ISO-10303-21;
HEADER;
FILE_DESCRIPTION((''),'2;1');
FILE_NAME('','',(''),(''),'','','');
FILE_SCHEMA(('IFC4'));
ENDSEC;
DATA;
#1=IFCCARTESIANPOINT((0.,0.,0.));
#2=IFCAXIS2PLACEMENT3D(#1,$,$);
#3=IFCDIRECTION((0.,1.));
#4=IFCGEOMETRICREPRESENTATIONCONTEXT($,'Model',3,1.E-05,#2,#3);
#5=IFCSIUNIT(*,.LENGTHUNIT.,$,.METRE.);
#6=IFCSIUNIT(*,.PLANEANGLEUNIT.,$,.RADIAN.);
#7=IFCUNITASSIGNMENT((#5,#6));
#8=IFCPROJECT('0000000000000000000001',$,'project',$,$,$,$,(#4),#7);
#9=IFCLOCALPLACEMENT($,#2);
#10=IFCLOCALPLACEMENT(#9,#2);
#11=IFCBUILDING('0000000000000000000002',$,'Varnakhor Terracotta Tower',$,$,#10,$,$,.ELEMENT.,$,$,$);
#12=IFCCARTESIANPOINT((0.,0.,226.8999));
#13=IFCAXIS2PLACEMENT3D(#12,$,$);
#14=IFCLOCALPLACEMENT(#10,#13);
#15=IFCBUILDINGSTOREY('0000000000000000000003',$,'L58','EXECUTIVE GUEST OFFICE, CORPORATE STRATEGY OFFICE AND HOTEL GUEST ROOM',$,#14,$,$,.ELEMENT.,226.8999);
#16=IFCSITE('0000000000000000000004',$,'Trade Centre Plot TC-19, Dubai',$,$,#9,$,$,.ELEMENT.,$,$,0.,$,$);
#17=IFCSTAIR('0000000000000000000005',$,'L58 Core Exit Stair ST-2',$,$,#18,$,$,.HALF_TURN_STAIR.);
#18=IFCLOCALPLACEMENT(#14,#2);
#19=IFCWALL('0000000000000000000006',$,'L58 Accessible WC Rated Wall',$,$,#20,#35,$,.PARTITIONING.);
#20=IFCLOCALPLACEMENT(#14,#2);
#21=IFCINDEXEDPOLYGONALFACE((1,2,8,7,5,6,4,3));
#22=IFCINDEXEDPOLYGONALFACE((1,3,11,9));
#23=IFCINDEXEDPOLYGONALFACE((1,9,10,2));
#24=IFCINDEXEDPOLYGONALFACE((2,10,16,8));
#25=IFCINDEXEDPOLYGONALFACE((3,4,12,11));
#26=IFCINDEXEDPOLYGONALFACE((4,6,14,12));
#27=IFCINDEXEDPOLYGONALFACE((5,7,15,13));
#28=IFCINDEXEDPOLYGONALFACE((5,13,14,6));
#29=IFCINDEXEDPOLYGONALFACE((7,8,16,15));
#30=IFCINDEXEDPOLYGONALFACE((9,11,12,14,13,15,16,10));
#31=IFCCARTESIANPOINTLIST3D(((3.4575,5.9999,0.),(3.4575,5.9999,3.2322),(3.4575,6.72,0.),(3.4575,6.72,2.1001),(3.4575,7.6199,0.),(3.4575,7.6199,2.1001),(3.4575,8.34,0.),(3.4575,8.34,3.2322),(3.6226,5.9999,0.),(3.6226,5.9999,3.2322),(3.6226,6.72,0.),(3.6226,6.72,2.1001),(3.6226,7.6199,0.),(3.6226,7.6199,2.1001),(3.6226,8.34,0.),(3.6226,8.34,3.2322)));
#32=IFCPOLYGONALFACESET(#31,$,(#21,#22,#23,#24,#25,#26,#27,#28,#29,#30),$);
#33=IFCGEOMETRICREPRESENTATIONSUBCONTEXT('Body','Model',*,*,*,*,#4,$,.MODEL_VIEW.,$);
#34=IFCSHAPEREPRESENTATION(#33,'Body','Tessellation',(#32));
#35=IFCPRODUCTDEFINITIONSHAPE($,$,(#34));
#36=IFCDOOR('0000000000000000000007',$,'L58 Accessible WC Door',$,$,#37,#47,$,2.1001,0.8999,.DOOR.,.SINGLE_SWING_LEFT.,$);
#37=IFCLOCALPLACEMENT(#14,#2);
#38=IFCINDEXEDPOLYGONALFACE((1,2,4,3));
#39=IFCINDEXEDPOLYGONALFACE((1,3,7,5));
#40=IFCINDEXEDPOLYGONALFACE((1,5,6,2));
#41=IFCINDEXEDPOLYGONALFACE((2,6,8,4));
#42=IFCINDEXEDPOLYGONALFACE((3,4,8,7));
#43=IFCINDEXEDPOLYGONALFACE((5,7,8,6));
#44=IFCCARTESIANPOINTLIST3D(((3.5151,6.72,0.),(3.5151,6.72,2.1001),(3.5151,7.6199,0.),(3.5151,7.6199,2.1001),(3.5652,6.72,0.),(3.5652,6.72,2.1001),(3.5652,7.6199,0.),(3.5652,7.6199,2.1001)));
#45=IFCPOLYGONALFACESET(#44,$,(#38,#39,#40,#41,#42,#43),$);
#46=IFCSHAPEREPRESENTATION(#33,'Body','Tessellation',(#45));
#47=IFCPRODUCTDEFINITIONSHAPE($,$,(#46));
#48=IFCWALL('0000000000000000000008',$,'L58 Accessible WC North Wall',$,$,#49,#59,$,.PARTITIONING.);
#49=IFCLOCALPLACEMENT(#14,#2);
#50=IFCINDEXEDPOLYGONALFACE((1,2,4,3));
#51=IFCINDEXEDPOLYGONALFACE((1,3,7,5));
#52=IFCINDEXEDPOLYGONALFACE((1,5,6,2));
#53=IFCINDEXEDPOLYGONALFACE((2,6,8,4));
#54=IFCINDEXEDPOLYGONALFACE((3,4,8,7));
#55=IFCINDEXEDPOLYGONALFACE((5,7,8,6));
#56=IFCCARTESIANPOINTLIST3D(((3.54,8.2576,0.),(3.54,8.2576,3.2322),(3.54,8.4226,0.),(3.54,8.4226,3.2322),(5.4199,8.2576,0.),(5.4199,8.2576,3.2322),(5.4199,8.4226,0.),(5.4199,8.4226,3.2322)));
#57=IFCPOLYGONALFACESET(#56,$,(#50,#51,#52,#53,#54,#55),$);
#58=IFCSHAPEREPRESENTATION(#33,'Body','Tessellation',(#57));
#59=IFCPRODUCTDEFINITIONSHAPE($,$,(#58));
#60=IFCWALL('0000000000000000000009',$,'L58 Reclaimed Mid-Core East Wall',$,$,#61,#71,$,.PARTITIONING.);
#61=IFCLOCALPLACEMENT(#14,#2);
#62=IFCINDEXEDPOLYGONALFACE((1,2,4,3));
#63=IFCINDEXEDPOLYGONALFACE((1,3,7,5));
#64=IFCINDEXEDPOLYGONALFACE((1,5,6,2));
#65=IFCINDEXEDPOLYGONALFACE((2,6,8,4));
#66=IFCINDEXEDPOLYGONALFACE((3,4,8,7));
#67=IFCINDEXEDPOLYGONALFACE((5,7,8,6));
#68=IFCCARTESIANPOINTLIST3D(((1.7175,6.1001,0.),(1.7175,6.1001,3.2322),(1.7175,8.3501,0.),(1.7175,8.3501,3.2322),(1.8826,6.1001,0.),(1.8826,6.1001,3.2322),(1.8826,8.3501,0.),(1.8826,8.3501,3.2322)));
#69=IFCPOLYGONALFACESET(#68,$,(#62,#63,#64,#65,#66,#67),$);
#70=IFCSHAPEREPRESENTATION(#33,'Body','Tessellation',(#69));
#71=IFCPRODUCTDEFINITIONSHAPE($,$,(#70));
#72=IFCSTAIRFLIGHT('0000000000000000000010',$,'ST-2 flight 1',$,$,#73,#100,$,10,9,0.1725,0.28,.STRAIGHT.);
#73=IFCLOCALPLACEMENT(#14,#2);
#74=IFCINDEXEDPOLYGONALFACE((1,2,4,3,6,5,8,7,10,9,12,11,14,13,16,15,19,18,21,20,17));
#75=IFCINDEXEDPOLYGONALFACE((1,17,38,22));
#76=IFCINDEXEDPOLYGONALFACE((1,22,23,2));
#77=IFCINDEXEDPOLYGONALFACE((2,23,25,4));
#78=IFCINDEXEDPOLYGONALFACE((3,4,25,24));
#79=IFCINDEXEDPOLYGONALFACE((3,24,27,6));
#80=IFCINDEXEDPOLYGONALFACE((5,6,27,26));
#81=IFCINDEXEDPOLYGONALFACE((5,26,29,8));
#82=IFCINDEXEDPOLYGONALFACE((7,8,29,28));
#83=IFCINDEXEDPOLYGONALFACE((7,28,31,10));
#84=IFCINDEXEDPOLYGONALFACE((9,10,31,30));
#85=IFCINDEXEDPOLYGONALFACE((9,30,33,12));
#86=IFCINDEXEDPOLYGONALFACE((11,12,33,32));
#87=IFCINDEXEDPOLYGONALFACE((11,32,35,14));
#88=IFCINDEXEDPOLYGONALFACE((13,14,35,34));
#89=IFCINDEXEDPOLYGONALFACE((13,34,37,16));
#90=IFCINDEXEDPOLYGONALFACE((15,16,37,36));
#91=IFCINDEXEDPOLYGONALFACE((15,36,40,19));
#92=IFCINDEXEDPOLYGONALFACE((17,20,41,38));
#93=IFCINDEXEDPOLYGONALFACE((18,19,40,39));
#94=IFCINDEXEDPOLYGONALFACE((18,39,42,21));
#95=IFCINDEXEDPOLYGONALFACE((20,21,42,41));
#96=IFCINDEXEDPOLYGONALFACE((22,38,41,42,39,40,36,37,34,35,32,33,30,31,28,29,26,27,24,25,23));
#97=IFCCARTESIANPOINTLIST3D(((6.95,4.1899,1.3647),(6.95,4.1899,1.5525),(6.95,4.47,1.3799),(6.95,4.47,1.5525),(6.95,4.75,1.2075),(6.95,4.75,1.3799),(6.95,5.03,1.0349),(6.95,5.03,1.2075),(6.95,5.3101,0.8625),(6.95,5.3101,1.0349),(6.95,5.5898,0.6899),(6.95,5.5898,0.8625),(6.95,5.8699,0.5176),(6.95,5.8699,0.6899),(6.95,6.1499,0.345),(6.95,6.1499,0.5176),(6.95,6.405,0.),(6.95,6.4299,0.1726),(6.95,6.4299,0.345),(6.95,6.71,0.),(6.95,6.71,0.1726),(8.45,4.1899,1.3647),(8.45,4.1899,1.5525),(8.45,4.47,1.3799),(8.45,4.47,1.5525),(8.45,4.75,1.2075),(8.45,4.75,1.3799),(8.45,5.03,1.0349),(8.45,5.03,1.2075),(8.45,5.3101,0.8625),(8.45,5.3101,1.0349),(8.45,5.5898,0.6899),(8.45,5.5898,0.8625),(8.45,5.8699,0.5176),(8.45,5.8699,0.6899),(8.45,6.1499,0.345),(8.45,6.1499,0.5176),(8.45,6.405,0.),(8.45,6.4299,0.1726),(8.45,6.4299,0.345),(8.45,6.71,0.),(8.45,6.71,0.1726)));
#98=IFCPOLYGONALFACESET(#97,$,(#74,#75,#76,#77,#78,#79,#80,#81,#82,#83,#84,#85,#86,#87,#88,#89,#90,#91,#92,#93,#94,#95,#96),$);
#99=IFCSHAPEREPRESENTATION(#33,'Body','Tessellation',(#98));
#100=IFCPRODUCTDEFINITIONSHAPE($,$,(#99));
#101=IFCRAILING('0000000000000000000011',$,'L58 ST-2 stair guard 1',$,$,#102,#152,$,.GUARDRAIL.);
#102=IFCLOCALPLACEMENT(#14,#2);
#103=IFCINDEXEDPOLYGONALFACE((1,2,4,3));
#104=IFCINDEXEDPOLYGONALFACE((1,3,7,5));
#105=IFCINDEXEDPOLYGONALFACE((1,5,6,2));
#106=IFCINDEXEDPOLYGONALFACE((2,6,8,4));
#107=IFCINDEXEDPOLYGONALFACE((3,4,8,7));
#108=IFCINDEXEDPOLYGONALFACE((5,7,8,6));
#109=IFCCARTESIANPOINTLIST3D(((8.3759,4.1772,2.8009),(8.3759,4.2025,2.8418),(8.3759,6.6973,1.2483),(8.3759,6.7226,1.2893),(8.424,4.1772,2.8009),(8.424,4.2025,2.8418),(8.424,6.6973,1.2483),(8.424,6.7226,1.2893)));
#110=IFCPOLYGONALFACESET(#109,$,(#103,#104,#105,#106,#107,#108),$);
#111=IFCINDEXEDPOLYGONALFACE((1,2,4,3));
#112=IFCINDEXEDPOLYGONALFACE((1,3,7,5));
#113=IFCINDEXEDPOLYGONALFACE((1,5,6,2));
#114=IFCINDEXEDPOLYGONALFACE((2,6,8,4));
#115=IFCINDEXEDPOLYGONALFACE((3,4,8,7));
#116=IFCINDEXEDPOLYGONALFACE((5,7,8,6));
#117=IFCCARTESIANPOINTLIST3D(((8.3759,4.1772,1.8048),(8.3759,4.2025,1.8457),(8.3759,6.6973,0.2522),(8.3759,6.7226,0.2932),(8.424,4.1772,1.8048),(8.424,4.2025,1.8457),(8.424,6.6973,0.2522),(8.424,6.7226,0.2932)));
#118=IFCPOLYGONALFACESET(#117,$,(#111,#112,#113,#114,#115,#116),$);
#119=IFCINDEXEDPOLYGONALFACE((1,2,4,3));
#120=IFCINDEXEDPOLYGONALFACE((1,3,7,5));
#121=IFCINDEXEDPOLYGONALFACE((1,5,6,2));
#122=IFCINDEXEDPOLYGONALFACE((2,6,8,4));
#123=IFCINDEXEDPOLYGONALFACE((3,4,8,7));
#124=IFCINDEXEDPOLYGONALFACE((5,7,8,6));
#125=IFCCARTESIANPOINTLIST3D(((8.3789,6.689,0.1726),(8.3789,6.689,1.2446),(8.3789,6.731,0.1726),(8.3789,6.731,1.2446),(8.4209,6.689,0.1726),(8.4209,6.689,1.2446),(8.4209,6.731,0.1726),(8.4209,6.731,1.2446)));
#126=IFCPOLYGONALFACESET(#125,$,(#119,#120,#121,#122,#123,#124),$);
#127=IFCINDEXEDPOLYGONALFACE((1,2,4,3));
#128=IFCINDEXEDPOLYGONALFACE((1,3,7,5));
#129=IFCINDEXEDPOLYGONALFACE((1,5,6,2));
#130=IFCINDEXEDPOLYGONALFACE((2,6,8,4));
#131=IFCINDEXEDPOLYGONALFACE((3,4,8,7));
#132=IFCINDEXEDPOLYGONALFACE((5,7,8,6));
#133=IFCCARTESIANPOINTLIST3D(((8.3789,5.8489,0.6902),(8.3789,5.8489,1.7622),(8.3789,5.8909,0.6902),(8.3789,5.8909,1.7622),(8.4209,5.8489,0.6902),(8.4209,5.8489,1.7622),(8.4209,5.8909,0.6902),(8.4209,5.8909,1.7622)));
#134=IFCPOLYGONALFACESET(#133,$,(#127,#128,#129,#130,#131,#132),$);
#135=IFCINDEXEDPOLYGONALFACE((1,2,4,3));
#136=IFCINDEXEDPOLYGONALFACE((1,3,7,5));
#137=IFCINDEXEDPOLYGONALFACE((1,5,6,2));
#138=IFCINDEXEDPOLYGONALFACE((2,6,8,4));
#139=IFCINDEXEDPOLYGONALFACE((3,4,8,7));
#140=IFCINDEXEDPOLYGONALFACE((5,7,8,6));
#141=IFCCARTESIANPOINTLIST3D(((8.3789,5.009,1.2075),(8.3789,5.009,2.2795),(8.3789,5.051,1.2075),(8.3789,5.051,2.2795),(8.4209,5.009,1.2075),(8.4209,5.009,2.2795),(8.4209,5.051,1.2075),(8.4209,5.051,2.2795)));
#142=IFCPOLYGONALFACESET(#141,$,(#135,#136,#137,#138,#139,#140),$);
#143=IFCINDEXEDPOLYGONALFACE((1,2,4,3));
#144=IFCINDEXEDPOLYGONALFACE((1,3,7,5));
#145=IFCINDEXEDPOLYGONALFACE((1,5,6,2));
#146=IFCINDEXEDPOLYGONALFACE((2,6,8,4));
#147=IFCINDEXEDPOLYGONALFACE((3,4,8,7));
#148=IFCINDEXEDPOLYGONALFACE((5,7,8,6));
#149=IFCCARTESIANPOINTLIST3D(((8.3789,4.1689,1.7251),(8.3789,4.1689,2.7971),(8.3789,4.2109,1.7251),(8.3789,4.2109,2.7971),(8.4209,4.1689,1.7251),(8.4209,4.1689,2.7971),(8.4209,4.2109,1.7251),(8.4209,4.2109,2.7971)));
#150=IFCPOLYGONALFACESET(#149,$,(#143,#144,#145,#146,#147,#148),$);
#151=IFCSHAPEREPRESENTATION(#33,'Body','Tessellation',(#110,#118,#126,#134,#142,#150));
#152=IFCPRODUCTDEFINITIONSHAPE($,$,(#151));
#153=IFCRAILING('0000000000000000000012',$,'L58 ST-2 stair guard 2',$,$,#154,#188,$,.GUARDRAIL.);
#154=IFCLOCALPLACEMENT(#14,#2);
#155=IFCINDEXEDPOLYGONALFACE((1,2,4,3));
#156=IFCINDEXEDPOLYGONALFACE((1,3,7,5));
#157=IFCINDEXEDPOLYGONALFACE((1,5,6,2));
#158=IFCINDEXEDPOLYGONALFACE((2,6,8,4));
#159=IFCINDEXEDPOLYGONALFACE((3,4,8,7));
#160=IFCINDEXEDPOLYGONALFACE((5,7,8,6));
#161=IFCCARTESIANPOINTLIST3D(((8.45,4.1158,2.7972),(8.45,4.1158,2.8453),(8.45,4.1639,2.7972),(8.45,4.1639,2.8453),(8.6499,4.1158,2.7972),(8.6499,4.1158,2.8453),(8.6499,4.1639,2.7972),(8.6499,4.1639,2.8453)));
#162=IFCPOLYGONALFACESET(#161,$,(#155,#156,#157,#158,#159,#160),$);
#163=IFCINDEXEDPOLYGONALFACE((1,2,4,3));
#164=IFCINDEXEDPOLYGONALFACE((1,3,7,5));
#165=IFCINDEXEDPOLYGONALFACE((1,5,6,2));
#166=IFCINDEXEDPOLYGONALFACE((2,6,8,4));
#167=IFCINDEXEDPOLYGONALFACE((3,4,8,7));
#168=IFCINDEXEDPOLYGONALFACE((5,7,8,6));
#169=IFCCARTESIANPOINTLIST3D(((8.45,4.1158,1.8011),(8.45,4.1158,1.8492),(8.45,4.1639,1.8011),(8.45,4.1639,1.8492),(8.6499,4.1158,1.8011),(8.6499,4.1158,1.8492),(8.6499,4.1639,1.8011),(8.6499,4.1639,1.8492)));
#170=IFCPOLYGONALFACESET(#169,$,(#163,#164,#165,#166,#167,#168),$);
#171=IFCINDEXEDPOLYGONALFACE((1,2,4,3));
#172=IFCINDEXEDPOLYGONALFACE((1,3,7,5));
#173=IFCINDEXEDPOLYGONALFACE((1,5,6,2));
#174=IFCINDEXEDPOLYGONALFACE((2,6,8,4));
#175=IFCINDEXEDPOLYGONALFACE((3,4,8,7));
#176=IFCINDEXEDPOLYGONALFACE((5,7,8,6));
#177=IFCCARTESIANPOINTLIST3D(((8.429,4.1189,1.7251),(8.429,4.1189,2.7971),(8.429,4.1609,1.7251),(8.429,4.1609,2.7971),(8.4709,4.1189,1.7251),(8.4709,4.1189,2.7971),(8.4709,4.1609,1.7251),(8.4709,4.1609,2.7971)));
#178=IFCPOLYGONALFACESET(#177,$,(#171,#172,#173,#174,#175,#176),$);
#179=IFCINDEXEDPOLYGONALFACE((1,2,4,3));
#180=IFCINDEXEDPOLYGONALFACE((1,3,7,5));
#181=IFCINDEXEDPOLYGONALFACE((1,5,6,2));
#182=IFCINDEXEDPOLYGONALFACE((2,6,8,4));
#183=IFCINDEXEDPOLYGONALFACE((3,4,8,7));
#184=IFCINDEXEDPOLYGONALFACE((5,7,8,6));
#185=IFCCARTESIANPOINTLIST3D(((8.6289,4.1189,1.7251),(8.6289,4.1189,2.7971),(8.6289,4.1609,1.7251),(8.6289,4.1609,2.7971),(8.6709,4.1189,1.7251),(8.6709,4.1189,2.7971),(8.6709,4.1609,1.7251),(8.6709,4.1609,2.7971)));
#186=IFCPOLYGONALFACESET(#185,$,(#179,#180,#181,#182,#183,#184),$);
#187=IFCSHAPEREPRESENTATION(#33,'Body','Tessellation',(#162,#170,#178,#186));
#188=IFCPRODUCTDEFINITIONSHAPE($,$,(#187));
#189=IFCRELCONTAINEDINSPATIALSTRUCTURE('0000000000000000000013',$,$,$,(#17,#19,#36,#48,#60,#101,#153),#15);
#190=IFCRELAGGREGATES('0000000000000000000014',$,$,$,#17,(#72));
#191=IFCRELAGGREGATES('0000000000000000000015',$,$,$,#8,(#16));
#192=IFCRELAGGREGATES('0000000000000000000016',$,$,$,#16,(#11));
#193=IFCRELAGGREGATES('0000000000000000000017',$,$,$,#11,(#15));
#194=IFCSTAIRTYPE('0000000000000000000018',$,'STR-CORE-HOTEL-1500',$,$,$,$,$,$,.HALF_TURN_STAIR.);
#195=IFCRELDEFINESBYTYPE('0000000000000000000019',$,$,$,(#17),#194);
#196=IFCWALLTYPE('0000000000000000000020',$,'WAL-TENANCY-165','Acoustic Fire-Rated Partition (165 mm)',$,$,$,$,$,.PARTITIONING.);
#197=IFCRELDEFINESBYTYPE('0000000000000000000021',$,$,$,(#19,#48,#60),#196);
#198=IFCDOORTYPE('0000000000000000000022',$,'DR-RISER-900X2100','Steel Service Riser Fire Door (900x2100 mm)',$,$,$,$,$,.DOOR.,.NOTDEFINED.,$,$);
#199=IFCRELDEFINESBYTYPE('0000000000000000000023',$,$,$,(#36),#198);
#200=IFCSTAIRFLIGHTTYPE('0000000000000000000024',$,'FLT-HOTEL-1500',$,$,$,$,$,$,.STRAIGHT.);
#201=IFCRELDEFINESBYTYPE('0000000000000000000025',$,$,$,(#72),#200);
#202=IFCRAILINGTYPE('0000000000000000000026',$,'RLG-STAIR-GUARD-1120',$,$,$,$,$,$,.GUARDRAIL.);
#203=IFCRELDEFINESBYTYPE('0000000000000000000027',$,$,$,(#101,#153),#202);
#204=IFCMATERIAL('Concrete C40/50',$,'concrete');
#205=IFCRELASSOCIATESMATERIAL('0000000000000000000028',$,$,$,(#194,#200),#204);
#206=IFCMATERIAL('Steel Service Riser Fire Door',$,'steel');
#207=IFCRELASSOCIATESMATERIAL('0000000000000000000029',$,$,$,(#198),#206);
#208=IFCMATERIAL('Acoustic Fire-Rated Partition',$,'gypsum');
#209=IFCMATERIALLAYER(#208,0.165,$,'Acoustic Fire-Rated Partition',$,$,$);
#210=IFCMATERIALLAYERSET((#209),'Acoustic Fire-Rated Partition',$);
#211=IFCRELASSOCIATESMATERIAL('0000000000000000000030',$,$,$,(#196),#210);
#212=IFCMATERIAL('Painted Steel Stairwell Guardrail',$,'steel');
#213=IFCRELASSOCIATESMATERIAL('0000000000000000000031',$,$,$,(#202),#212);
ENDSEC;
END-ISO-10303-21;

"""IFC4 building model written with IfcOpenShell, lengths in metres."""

from ifc_helpers import new_model, si_unit, direction, frame, frame_2d, origin, origin_2d, place, context, subcontext, project, spatial, polyline, rectangle, outline, extrude, source, transform, mapped, material, layer, layer_set, type_object, type_shapes, element, fill, aggregate, save


model = new_model("IFC4")

# Units and contexts
model_context = context("Model", 3, precision=1e-05, world=origin(), true_north=direction((0.0, 1.0)))
body_context = subcontext(model_context, "Body", "Model", "MODEL_VIEW")
ifc_project = project(units=[si_unit("LENGTHUNIT", "METRE"), si_unit("PLANEANGLEUNIT", "RADIAN")], contexts=[model_context])

# Site, building, storey
site_placement = place(None, origin())
site = spatial("IfcSite", under=ifc_project, at=site_placement, Name="Trade Centre Plot TC-19, Dubai", CompositionType="ELEMENT", RefElevation=0.0)
building_placement = place(site_placement, origin())
building = spatial("IfcBuilding", under=site, at=building_placement, Name="Varnakhor Terracotta Tower", CompositionType="ELEMENT")
storey_placement = place(building_placement, frame((0.0, 0.0, 226.8999)))
storey = spatial("IfcBuildingStorey", under=building, at=storey_placement, Name="L58", Description="EXECUTIVE GUEST OFFICE, CORPORATE STRATEGY OFFICE AND HOTEL GUEST ROOM", CompositionType="ELEMENT", Elevation=226.8999)

# Shared definitions
ifc_material_1 = material(Name="Concrete C40/50", Category="concrete")

# Stair
stair_type = type_object("IfcStairType", Name="STR-CORE-HOTEL-1500", PredefinedType="HALF_TURN_STAIR", material=ifc_material_1)
stair_1_placement = place(storey_placement, origin())
stair_1 = element("IfcStair", 1, at=stair_1_placement, inside=storey, type_object=stair_type, Name="L58 Core Exit Stair ST-2", PredefinedType="HALF_TURN_STAIR")

# Shared definitions
ifc_material_2 = material(Name="Acoustic Fire-Rated Partition", Category="gypsum")

# Wall, opening, door
ifc_material_3 = material(Name="Steel Service Riser Fire Door", Category="steel")
door_type_1 = type_object("IfcDoorType", Name="DR-RISER-900X2100", Description="Steel Service Riser Fire Door (900x2100 mm)", OperationType="NOTDEFINED", PredefinedType="DOOR", material=ifc_material_3)
shared_shape_1 = source(origin(), body_context, "Body", "SweptSolid", [
    extrude(rectangle(XDim=0.8999, YDim=2.1001, at=frame_2d((0.45, 1.05))), frame((0.0, 0.0249, 0.0), z_axis=(0.0, -1.0, 0.0), x_axis=(1.0, 0.0, 0.0)), (0.0, 0.0, 1.0), 0.05),
])
type_shapes(door_type_1, [shared_shape_1])
ifc_layer_1 = layer(ifc_material_2, 0.165, Name="Acoustic Fire-Rated Partition")
ifc_layer_set_1 = layer_set([ifc_layer_1], Name="Acoustic Fire-Rated Partition")
wall_type_1 = type_object("IfcWallType", Name="WAL-TENANCY-165", Description="Acoustic Fire-Rated Partition (165 mm)", PredefinedType="PARTITIONING", material=ifc_layer_set_1)
wall_1_placement = place(storey_placement, frame((3.54, 6.0, 0.0), z_axis=(0.0, 0.0, 1.0), x_axis=(0.0, 1.0, 0.0)))
wall_1 = element("IfcWall", 2, at=wall_1_placement, inside=storey, type_object=wall_type_1, Name="L58 Accessible WC Rated Wall", PredefinedType="PARTITIONING", context=body_context, shape_type="SweptSolid", body=[
    extrude(rectangle(XDim=2.3401, YDim=0.165, at=frame_2d((1.1699, 0.0))), origin(), (0.0, 0.0, 1.0), 3.2322),
])
opening_1_placement = place(wall_1_placement, frame((0.72, 0.0, 0.0)))
opening_1 = element("IfcOpeningElement", 3, at=opening_1_placement, cuts=wall_1, PredefinedType="OPENING", context=body_context, shape_type="SweptSolid", body=[
    extrude(rectangle(XDim=0.8999, YDim=2.1001, at=frame_2d((0.45, 1.05))), frame((0.0, 0.0925, 0.0), z_axis=(0.0, -1.0, 0.0), x_axis=(1.0, 0.0, 0.0)), (0.0, 0.0, 1.0), 0.1851),
])
door_1_placement = place(opening_1_placement, origin())
door_1 = element("IfcDoor", 4, at=door_1_placement, inside=storey, type_object=door_type_1, Name="L58 Accessible WC Door", OperationType="SINGLE_SWING_LEFT", OverallHeight=2.1001, OverallWidth=0.8999, PredefinedType="DOOR", context=body_context, shape_type="MappedRepresentation", body=[
    mapped(shared_shape_1, transform((0.0, 0.0, 0.0), scale=1.0)),
])
fill(opening_1, door_1)

# Walls
wall_2_placement = place(storey_placement, frame((3.54, 8.3401, 0.0), z_axis=(0.0, 0.0, 1.0), x_axis=(1.0, 0.0, 0.0)))
element("IfcWall", 5, at=wall_2_placement, inside=storey, type_object=wall_type_1, Name="L58 Accessible WC North Wall", PredefinedType="PARTITIONING", context=body_context, shape_type="SweptSolid", body=[
    extrude(rectangle(XDim=1.8799, YDim=0.165, at=frame_2d((0.9399, 0.0))), origin(), (0.0, 0.0, 1.0), 3.2322),
])
wall_3_placement = place(storey_placement, frame((1.8, 6.1001, 0.0), z_axis=(0.0, 0.0, 1.0), x_axis=(0.0, 1.0, 0.0)))
element("IfcWall", 6, at=wall_3_placement, inside=storey, type_object=wall_type_1, Name="L58 Reclaimed Mid-Core East Wall", PredefinedType="PARTITIONING", context=body_context, shape_type="SweptSolid", body=[
    extrude(rectangle(XDim=2.25, YDim=0.165, at=frame_2d((1.125, 0.0))), origin(), (0.0, 0.0, 1.0), 3.2322),
])

# Stair flight
stair_flight_type = type_object("IfcStairFlightType", Name="FLT-HOTEL-1500", PredefinedType="STRAIGHT", material=ifc_material_1)
stair_flight_placement = place(storey_placement, frame((7.7, 6.71, 0.0), z_axis=(0.0, 0.0, 1.0), x_axis=(0.0, -1.0, 0.0)))
stair_flight = element("IfcStairFlight", 7, at=stair_flight_placement, type_object=stair_flight_type, Name="ST-2 flight 1", NumberOfRisers=10, NumberOfTreads=9, PredefinedType="STRAIGHT", RiserHeight=0.1725, TreadLength=0.28, context=body_context, shape_type="SweptSolid", body=[
    extrude(outline(polyline([(0.0, 0.0), (0.0, 0.1726), (0.28, 0.1726), (0.28, 0.345), (0.5601, 0.345), (0.5601, 0.5176), (0.8401, 0.5176), (0.8401, 0.6899), (1.1201, 0.6899), (1.1201, 0.8625), (1.3999, 0.8625), (1.3999, 1.0349), (1.6799, 1.0349), (1.6799, 1.2075), (1.96, 1.2075), (1.96, 1.3799), (2.24, 1.3799), (2.24, 1.5525), (2.52, 1.5525), (2.52, 1.7251), (2.52, 1.3647), (0.3049, 0.0), (0.0, 0.0)])), frame((0.0, 0.75, 0.0), z_axis=(0.0, -1.0, 0.0), x_axis=(1.0, 0.0, 0.0)), (0.0, 0.0, 1.0), 1.5),
])
aggregate(stair_1, [stair_flight])

# Railings
ifc_material_4 = material(Name="Painted Steel Stairwell Guardrail", Category="steel")
railing_type_1 = type_object("IfcRailingType", Name="RLG-STAIR-GUARD-1120", PredefinedType="GUARDRAIL", material=ifc_material_4)
railing_1_placement = place(storey_placement, frame((8.3999, 6.71, 0.1726)))
element("IfcRailing", 8, at=railing_1_placement, inside=storey, type_object=railing_type_1, Name="L58 ST-2 stair guard 1", PredefinedType="GUARDRAIL", context=body_context, shape_type="SweptSolid", body=[
    extrude(rectangle(XDim=0.0481, YDim=0.0481, at=origin_2d()), frame((0.0, 0.0, 1.0962), z_axis=(0.0, -0.8514, 0.524516), x_axis=(1.0, 0.0, 0.0)), (0.0, 0.0, 1.0), 2.96),
    extrude(rectangle(XDim=0.0481, YDim=0.0481, at=origin_2d()), frame((0.0, 0.0, 0.1001), z_axis=(0.0, -0.8514, 0.524516), x_axis=(1.0, 0.0, 0.0)), (0.0, 0.0, 1.0), 2.96),
    extrude(rectangle(XDim=0.042, YDim=0.042, at=origin_2d()), origin(), (0.0, 0.0, 1.0), 1.072),
    extrude(rectangle(XDim=0.042, YDim=0.042, at=origin_2d()), frame((0.0, -0.8401, 0.5176)), (0.0, 0.0, 1.0), 1.072),
    extrude(rectangle(XDim=0.042, YDim=0.042, at=origin_2d()), frame((0.0, -1.6799, 1.0349)), (0.0, 0.0, 1.0), 1.072),
    extrude(rectangle(XDim=0.042, YDim=0.042, at=origin_2d()), frame((0.0, -2.52, 1.5525)), (0.0, 0.0, 1.0), 1.072),
])
railing_2_placement = place(storey_placement, frame((8.45, 4.1399, 1.7251)))
element("IfcRailing", 9, at=railing_2_placement, inside=storey, type_object=railing_type_1, Name="L58 ST-2 stair guard 2", PredefinedType="GUARDRAIL", context=body_context, shape_type="SweptSolid", body=[
    extrude(rectangle(XDim=0.0481, YDim=0.0481, at=origin_2d()), frame((0.0, 0.0, 1.0962), z_axis=(1.0, 0.0, 0.0), x_axis=(0.0, 1.0, 0.0)), (0.0, 0.0, 1.0), 0.2),
    extrude(rectangle(XDim=0.0481, YDim=0.0481, at=origin_2d()), frame((0.0, 0.0, 0.1001), z_axis=(1.0, 0.0, 0.0), x_axis=(0.0, 1.0, 0.0)), (0.0, 0.0, 1.0), 0.2),
    extrude(rectangle(XDim=0.042, YDim=0.042, at=origin_2d()), origin(), (0.0, 0.0, 1.0), 1.072),
    extrude(rectangle(XDim=0.042, YDim=0.042, at=origin_2d()), frame((0.2, 0.0, 0.0)), (0.0, 0.0, 1.0), 1.072),
])

save(model, "model.ifc")
